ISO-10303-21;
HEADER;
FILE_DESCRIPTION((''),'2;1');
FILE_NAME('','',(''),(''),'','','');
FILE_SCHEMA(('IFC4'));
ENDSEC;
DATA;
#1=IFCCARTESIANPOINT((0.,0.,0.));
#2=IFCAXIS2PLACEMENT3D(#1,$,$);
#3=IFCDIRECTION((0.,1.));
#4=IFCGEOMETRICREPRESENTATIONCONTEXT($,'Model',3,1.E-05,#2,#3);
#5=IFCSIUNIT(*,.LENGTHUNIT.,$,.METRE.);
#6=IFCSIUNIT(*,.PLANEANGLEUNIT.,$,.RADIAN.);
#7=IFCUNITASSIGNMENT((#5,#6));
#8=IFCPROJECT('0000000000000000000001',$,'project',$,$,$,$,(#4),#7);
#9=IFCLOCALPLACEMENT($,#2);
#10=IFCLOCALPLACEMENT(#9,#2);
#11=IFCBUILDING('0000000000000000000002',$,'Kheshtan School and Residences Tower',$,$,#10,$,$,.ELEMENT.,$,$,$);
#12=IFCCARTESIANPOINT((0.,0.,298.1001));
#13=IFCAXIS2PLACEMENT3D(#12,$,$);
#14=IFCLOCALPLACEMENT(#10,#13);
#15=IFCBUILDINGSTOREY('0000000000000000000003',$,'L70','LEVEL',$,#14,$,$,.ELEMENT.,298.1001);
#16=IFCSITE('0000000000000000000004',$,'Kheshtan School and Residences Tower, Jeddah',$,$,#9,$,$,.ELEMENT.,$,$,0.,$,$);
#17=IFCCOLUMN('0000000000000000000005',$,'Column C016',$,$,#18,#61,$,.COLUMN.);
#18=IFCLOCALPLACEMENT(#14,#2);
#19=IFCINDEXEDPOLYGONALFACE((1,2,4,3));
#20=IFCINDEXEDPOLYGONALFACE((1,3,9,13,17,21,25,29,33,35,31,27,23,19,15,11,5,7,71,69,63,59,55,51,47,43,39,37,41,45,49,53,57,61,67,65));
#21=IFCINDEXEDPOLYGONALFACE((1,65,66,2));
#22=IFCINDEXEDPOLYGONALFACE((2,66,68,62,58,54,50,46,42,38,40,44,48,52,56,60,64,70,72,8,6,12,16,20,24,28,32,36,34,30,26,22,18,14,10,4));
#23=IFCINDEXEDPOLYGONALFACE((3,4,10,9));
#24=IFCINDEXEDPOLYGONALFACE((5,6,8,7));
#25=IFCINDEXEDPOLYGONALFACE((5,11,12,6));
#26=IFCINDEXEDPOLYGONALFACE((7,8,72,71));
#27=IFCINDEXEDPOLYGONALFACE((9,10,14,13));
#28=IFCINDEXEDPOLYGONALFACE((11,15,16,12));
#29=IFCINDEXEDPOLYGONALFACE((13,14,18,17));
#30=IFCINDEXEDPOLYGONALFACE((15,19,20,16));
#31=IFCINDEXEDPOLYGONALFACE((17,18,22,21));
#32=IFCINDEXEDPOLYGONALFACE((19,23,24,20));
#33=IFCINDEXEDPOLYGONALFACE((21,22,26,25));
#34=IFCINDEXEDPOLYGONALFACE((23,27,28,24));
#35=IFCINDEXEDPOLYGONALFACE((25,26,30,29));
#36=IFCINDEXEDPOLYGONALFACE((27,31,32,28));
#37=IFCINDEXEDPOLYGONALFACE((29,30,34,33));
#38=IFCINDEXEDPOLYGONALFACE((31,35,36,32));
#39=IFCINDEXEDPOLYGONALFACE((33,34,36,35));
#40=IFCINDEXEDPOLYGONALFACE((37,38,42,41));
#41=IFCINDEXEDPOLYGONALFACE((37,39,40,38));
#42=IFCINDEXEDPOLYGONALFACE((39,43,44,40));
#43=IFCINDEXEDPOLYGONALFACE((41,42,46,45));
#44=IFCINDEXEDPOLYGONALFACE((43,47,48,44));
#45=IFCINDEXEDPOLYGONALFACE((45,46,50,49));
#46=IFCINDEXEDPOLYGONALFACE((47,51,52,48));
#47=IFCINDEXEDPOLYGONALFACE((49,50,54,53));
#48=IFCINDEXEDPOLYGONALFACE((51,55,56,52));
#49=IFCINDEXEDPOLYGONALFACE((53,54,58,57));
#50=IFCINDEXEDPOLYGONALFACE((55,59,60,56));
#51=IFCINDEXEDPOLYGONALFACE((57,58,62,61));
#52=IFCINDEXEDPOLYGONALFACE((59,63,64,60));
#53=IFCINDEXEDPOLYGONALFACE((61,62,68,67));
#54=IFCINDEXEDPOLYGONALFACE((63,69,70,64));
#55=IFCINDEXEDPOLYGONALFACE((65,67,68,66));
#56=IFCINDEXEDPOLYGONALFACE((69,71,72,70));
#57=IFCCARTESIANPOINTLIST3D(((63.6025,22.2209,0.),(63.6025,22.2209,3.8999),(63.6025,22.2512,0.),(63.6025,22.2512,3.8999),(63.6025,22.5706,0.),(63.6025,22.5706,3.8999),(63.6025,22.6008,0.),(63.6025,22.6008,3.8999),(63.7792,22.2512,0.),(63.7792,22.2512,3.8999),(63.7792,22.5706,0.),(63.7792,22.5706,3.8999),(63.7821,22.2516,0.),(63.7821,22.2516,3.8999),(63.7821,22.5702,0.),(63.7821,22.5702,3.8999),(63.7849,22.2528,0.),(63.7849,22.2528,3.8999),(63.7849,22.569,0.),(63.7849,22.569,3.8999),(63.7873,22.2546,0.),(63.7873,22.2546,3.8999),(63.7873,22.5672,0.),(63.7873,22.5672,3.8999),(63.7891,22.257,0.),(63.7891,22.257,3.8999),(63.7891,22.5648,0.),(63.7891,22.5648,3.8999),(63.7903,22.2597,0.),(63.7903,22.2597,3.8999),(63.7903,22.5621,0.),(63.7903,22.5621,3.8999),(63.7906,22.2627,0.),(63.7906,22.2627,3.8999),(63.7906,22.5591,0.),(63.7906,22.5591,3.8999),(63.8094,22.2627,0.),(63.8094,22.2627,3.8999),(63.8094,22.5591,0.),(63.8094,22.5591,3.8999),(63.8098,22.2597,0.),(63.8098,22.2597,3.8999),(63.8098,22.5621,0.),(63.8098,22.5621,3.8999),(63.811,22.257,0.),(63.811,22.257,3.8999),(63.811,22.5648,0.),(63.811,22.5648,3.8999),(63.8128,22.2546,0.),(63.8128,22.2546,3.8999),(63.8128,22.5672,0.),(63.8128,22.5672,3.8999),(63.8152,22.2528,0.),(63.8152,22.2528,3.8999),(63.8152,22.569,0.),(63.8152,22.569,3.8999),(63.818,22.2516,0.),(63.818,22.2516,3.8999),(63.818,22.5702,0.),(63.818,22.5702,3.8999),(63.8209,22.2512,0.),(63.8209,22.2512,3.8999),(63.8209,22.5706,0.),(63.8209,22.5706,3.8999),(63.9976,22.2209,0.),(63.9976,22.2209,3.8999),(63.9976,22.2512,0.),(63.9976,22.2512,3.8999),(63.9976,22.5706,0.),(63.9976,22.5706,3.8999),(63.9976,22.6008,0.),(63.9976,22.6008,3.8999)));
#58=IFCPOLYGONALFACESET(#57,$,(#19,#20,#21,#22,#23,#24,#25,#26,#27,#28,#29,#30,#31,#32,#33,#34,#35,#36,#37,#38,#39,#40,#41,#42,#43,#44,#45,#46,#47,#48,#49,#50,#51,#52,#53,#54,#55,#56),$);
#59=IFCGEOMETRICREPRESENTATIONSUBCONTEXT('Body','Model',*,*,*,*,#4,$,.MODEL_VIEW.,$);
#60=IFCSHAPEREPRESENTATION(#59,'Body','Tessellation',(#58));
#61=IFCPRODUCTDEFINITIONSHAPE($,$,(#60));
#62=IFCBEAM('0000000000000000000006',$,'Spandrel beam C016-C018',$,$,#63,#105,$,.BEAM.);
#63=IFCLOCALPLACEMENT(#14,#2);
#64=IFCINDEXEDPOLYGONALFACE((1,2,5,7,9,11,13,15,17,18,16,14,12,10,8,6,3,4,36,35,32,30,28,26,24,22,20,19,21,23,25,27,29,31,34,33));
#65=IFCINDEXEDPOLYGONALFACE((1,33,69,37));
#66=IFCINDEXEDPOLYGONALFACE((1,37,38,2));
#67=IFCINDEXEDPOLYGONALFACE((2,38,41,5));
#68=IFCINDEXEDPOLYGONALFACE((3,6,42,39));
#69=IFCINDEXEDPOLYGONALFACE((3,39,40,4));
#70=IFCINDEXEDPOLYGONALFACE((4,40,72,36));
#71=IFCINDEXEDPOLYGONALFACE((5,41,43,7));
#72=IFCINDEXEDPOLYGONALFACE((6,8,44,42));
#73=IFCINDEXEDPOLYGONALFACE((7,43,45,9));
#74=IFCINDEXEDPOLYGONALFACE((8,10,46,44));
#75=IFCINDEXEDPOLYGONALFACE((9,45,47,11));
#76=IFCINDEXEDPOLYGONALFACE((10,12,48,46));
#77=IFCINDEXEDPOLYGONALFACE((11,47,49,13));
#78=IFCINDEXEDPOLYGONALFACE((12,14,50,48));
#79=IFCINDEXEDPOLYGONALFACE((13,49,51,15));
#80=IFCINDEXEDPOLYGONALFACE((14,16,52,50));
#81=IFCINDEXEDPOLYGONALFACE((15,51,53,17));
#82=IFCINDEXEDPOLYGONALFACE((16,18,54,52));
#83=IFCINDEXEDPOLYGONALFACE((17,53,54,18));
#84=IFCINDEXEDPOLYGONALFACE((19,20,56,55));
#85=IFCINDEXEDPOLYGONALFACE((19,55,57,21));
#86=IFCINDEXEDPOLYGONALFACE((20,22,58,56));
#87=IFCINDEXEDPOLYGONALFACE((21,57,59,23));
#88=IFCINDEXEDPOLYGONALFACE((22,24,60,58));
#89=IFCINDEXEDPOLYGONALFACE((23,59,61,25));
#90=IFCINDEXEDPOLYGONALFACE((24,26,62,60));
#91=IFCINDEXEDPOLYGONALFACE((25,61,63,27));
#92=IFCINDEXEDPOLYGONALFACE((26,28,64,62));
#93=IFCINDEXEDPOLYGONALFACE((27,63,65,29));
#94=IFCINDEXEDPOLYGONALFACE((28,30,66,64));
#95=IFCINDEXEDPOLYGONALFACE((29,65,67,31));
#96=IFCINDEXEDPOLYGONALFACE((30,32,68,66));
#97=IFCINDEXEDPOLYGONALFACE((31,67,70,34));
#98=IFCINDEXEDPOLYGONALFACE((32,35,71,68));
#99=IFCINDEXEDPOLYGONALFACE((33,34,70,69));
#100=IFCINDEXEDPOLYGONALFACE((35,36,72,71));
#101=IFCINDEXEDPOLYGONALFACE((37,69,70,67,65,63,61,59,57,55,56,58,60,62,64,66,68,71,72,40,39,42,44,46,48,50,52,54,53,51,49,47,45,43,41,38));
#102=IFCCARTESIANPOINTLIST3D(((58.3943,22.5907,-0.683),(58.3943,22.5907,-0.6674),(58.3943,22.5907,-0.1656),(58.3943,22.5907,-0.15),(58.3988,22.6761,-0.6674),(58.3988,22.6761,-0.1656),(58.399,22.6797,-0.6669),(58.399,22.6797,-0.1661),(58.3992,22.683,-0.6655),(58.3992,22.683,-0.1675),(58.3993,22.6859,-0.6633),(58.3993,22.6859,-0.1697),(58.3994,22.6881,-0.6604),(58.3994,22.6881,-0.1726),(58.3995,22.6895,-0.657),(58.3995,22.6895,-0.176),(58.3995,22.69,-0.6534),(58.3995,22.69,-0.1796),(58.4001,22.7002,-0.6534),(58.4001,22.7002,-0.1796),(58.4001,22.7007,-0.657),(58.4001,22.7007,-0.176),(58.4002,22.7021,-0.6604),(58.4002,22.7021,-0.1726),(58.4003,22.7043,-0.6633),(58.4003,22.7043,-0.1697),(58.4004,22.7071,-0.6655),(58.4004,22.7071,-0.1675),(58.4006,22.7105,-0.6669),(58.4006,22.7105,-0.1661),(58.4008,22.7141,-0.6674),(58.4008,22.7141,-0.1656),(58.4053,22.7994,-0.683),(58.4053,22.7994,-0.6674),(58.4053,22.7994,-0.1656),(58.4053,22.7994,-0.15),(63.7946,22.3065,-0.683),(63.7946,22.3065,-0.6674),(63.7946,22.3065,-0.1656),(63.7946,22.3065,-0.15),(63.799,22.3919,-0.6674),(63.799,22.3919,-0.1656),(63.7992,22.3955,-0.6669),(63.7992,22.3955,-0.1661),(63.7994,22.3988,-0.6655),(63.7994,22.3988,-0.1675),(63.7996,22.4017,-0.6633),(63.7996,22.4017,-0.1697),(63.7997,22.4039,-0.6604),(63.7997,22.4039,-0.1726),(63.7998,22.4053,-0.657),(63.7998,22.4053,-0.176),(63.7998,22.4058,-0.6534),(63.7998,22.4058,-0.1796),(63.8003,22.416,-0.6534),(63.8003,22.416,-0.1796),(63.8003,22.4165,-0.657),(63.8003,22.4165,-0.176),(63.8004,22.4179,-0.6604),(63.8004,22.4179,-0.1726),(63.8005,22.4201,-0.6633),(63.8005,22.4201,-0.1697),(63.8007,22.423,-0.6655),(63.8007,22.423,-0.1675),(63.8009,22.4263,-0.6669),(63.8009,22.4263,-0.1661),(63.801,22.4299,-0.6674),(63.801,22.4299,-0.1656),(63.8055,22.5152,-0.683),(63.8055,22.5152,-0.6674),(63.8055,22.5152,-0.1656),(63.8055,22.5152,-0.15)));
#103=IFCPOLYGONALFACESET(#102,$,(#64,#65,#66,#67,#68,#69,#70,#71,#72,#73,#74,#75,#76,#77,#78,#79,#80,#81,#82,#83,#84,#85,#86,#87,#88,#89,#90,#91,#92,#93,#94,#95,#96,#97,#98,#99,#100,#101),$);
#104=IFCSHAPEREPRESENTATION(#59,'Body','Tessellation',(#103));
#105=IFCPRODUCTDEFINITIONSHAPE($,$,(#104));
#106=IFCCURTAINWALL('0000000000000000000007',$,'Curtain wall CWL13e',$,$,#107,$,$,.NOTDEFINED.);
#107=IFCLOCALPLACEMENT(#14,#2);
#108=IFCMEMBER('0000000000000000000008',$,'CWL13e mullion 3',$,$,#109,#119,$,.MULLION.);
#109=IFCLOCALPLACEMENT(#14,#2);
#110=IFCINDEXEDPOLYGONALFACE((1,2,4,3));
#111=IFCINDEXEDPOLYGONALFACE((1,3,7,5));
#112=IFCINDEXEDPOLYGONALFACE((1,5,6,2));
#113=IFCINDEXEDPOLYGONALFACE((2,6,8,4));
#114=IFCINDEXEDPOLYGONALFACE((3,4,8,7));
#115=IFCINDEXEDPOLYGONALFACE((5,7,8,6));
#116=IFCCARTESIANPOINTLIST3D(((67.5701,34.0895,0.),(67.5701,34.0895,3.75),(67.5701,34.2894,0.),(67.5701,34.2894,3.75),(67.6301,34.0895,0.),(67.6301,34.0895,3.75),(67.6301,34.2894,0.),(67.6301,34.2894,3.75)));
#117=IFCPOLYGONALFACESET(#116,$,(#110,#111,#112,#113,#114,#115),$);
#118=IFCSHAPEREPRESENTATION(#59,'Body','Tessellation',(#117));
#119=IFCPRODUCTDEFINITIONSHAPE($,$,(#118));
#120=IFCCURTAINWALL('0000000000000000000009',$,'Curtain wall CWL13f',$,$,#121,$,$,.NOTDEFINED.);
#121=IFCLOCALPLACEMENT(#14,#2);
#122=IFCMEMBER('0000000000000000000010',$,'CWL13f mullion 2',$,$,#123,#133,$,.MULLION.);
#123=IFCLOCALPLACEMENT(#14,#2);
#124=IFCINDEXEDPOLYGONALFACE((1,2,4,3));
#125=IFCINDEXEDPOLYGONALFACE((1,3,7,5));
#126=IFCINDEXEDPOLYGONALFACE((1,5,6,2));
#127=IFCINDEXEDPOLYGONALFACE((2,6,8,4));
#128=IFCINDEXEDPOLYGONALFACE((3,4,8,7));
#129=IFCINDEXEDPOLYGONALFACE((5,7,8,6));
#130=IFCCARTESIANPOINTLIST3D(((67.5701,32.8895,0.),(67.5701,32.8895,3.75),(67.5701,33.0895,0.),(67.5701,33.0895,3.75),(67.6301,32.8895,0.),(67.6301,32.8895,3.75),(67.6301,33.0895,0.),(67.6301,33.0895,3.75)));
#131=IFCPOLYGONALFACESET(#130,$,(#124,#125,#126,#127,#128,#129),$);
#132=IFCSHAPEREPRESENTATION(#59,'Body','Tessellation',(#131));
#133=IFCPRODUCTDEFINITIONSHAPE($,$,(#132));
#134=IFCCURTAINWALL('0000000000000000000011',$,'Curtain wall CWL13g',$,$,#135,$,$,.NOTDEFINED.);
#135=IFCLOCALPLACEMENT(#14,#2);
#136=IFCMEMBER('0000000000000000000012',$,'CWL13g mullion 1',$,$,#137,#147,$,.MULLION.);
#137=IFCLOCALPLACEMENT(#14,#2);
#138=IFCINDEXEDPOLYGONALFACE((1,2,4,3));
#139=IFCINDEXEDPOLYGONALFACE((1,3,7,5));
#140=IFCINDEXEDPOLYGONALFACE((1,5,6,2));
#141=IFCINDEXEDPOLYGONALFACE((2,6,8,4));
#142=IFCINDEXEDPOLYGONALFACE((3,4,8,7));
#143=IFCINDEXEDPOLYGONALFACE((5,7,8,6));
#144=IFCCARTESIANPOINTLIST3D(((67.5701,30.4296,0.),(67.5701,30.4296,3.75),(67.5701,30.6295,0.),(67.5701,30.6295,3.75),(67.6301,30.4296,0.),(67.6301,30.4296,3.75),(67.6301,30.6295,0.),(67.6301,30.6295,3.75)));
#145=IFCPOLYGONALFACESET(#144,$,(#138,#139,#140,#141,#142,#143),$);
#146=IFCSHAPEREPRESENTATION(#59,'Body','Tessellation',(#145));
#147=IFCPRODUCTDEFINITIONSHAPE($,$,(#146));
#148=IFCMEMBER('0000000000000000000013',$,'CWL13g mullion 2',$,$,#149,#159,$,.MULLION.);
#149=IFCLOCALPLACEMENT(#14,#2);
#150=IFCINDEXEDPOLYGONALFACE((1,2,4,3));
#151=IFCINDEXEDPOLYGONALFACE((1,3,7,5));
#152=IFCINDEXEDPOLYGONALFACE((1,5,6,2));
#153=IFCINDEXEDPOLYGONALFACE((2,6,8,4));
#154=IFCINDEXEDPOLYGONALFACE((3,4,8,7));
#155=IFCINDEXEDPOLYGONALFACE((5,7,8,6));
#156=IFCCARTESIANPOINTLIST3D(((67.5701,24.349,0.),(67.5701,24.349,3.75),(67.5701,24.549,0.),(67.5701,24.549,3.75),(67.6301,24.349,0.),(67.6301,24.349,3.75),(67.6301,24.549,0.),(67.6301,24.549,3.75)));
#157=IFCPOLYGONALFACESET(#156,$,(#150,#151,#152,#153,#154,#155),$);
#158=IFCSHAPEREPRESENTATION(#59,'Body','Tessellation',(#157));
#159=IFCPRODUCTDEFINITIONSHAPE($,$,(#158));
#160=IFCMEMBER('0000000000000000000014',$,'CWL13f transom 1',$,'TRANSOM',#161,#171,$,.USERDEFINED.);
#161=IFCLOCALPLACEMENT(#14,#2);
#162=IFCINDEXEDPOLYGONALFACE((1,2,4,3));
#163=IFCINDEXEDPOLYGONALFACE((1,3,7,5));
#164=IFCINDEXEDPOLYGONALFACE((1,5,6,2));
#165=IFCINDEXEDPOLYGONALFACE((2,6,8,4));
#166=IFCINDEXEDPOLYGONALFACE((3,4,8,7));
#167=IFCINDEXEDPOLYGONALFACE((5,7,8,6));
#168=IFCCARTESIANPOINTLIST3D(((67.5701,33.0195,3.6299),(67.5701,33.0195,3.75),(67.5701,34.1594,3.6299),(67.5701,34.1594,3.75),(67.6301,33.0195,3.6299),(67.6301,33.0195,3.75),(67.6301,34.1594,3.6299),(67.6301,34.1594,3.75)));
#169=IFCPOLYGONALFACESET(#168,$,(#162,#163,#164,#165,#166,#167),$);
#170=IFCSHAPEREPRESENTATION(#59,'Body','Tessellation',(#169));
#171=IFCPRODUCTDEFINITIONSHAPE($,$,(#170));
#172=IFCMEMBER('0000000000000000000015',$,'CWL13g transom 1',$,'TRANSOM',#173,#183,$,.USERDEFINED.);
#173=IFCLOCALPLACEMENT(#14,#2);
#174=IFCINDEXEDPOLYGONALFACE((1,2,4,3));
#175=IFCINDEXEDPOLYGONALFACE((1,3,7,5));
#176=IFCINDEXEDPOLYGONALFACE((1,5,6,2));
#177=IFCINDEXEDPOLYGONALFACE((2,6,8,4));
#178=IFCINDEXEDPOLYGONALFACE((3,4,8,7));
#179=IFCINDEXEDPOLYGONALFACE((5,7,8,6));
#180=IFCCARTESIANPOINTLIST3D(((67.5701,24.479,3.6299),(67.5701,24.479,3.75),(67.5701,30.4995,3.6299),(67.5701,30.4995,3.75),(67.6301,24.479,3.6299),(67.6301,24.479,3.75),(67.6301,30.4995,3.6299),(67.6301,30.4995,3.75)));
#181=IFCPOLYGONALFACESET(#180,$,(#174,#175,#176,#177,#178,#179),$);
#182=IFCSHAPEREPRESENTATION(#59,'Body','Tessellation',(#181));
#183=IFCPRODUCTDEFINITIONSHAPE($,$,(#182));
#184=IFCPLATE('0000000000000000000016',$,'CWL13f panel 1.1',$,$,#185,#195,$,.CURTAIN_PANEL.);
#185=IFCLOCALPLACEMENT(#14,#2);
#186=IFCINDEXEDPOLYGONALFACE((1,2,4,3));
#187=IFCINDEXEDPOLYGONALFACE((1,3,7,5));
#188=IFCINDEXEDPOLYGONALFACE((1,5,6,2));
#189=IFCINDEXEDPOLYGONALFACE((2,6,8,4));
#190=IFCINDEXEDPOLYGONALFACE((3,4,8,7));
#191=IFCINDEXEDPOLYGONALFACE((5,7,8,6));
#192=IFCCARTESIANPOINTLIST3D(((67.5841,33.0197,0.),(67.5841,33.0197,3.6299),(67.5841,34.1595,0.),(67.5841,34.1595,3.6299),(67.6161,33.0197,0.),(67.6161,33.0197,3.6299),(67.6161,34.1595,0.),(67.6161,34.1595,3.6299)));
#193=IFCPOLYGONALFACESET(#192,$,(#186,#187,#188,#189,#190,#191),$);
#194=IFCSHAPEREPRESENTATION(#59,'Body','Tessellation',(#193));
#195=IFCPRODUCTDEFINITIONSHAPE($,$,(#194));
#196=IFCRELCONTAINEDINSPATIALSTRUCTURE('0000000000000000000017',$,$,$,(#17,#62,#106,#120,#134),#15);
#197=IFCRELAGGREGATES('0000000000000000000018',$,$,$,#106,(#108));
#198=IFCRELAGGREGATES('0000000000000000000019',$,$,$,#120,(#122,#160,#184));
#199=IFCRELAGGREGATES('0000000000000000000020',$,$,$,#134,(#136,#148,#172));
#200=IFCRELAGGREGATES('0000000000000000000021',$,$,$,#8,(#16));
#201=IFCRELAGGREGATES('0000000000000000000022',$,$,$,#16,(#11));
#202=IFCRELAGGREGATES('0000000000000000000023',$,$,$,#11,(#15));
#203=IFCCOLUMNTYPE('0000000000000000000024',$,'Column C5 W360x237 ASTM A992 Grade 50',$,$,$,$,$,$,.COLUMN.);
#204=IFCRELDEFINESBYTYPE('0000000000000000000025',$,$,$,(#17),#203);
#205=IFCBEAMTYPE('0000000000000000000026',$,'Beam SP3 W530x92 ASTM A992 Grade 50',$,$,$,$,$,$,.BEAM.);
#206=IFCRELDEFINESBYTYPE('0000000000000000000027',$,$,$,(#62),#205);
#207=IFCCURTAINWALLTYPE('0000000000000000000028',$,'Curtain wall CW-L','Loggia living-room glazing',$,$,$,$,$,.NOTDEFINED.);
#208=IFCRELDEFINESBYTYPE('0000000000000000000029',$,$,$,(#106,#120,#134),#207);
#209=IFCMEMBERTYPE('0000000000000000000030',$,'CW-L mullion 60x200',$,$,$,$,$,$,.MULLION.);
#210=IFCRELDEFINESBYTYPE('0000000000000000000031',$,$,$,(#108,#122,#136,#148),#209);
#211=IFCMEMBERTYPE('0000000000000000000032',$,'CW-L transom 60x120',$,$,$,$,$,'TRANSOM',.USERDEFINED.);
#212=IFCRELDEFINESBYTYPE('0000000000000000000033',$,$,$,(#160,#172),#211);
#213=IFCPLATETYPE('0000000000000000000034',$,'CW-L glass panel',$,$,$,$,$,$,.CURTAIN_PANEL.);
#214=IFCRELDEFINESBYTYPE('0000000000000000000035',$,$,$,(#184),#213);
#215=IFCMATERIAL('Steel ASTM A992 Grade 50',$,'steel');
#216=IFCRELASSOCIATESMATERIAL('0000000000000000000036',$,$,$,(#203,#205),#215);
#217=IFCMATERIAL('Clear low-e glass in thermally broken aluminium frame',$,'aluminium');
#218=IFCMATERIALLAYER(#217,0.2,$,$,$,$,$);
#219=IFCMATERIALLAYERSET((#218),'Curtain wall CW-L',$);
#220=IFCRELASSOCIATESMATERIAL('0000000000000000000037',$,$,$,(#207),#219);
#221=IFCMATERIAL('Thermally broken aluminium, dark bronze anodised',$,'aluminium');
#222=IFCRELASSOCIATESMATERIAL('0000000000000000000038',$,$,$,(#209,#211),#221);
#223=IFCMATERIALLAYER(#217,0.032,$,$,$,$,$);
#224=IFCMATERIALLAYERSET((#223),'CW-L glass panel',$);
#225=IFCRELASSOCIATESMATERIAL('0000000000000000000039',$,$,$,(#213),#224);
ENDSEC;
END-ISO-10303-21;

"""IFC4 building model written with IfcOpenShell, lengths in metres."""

from ifc_helpers import new_model, si_unit, direction, frame, origin, origin_2d, place, context, subcontext, project, spatial, rectangle, i_section, extrude, material, layer, layer_set, material_profile, profile_set, type_object, element, aggregate, save


model = new_model("IFC4")

# Units and contexts
model_context = context("Model", 3, precision=1e-05, world=origin(), true_north=direction((0.0, 1.0)))
body_context = subcontext(model_context, "Body", "Model", "MODEL_VIEW")
ifc_project = project(units=[si_unit("LENGTHUNIT", "METRE"), si_unit("PLANEANGLEUNIT", "RADIAN")], contexts=[model_context])

# Site, building, storey
site_placement = place(None, origin())
site = spatial("IfcSite", under=ifc_project, at=site_placement, Name="Kheshtan School and Residences Tower, Jeddah", CompositionType="ELEMENT", RefElevation=0.0)
building_placement = place(site_placement, origin())
building = spatial("IfcBuilding", under=site, at=building_placement, Name="Kheshtan School and Residences Tower", CompositionType="ELEMENT")
storey_placement = place(building_placement, frame((0.0, 0.0, 298.1001)))
storey = spatial("IfcBuildingStorey", under=building, at=storey_placement, Name="L70", Description="LEVEL", CompositionType="ELEMENT", Elevation=298.1001)

# Column
ifc_material_1 = material(Name="Steel ASTM A992 Grade 50", Category="steel")
ifc_material_profile_1 = material_profile(ifc_material_1, i_section(OverallWidth=0.395, OverallDepth=0.3799, WebThickness=0.0188, FlangeThickness=0.0303, FilletRadius=0.0115, at=origin_2d()), Name="W360x237")
ifc_profile_set_1 = profile_set([ifc_material_profile_1], Name="Steel ASTM A992 Grade 50")
column_type = type_object("IfcColumnType", Name="Column C5 W360x237 ASTM A992 Grade 50", PredefinedType="COLUMN", material=ifc_profile_set_1)
column_placement = place(storey_placement, frame((63.8, 22.4109, 0.0), z_axis=(0.0, 0.0, 1.0), x_axis=(1.0, 0.0, 0.0)))
element("IfcColumn", 1, at=column_placement, inside=storey, type_object=column_type, Name="Column C016", PredefinedType="COLUMN", context=body_context, shape_type="SweptSolid", body=[
    extrude(i_section(OverallWidth=0.395, OverallDepth=0.3799, WebThickness=0.0188, FlangeThickness=0.0303, FilletRadius=0.0115, at=origin_2d()), origin(), (0.0, 0.0, 1.0), 3.8999),
])

# Beam
ifc_material_profile_2 = material_profile(ifc_material_1, i_section(OverallWidth=0.209, OverallDepth=0.533, WebThickness=0.0103, FlangeThickness=0.0156, FilletRadius=0.0139, at=origin_2d()), Name="W530x92")
ifc_profile_set_2 = profile_set([ifc_material_profile_2], Name="Steel ASTM A992 Grade 50")
beam_type = type_object("IfcBeamType", Name="Beam SP3 W530x92 ASTM A992 Grade 50", PredefinedType="BEAM", material=ifc_profile_set_2)
beam_placement = place(storey_placement, frame((63.8, 22.4109, -0.4165), z_axis=(-0.998618, 0.052552, 0.0), x_axis=(-0.052552, -0.998618, 0.0)))
element("IfcBeam", 2, at=beam_placement, inside=storey, type_object=beam_type, Name="Spandrel beam C016-C018", PredefinedType="BEAM", context=body_context, shape_type="SweptSolid", body=[
    extrude(i_section(OverallWidth=0.209, OverallDepth=0.533, WebThickness=0.0103, FlangeThickness=0.0156, FilletRadius=0.0139, at=origin_2d()), origin(), (0.0, 0.0, 1.0), 5.4077),
])

# Curtain walls, members
ifc_material_2 = material(Name="Clear low-e glass in thermally broken aluminium frame", Category="aluminium")
ifc_layer_1 = layer(ifc_material_2, 0.2)
ifc_layer_set_1 = layer_set([ifc_layer_1], Name="Curtain wall CW-L")
curtain_wall_type = type_object("IfcCurtainWallType", Name="Curtain wall CW-L", Description="Loggia living-room glazing", PredefinedType="NOTDEFINED", material=ifc_layer_set_1)
curtain_wall_1_placement = place(storey_placement, origin())
curtain_wall_1 = element("IfcCurtainWall", 3, at=curtain_wall_1_placement, inside=storey, type_object=curtain_wall_type, Name="Curtain wall CWL13e", PredefinedType="NOTDEFINED")
ifc_material_3 = material(Name="Thermally broken aluminium, dark bronze anodised", Category="aluminium")
ifc_material_profile_3 = material_profile(ifc_material_3, rectangle(XDim=0.0601, YDim=0.2, at=origin_2d()), Name="CW-L mullion 60x200")
ifc_profile_set_3 = profile_set([ifc_material_profile_3], Name="Thermally broken aluminium, dark bronze anodised")
member_type_1 = type_object("IfcMemberType", Name="CW-L mullion 60x200", PredefinedType="MULLION", material=ifc_profile_set_3)
member_1_placement = place(storey_placement, frame((67.6001, 34.1895, 0.0), z_axis=(0.0, 0.0, 1.0), x_axis=(1.0, 0.0, 0.0)))
member_1 = element("IfcMember", 4, at=member_1_placement, type_object=member_type_1, Name="CWL13e mullion 3", PredefinedType="MULLION", context=body_context, shape_type="SweptSolid", body=[
    extrude(rectangle(XDim=0.0601, YDim=0.2, at=origin_2d()), origin(), (0.0, 0.0, 1.0), 3.75),
])
aggregate(curtain_wall_1, [member_1])
curtain_wall_2_placement = place(storey_placement, origin())
curtain_wall_2 = element("IfcCurtainWall", 5, at=curtain_wall_2_placement, inside=storey, type_object=curtain_wall_type, Name="Curtain wall CWL13f", PredefinedType="NOTDEFINED")
member_2_placement = place(storey_placement, frame((67.6001, 32.9895, 0.0), z_axis=(0.0, 0.0, 1.0), x_axis=(1.0, 0.0, 0.0)))
member_2 = element("IfcMember", 6, at=member_2_placement, type_object=member_type_1, Name="CWL13f mullion 2", PredefinedType="MULLION", context=body_context, shape_type="SweptSolid", body=[
    extrude(rectangle(XDim=0.0601, YDim=0.2, at=origin_2d()), origin(), (0.0, 0.0, 1.0), 3.75),
])

# Curtain wall, members
curtain_wall_3_placement = place(storey_placement, origin())
curtain_wall_3 = element("IfcCurtainWall", 7, at=curtain_wall_3_placement, inside=storey, type_object=curtain_wall_type, Name="Curtain wall CWL13g", PredefinedType="NOTDEFINED")
member_3_placement = place(storey_placement, frame((67.6001, 30.5295, 0.0), z_axis=(0.0, 0.0, 1.0), x_axis=(1.0, 0.0, 0.0)))
member_3 = element("IfcMember", 8, at=member_3_placement, type_object=member_type_1, Name="CWL13g mullion 1", PredefinedType="MULLION", context=body_context, shape_type="SweptSolid", body=[
    extrude(rectangle(XDim=0.0601, YDim=0.2, at=origin_2d()), origin(), (0.0, 0.0, 1.0), 3.75),
])
member_4_placement = place(storey_placement, frame((67.6001, 24.449, 0.0), z_axis=(0.0, 0.0, 1.0), x_axis=(1.0, 0.0, 0.0)))
member_4 = element("IfcMember", 9, at=member_4_placement, type_object=member_type_1, Name="CWL13g mullion 2", PredefinedType="MULLION", context=body_context, shape_type="SweptSolid", body=[
    extrude(rectangle(XDim=0.0601, YDim=0.2, at=origin_2d()), origin(), (0.0, 0.0, 1.0), 3.75),
])

# Members
ifc_material_profile_4 = material_profile(ifc_material_3, rectangle(XDim=0.0601, YDim=0.1201, at=origin_2d()), Name="CW-L transom 60x120")
ifc_profile_set_4 = profile_set([ifc_material_profile_4], Name="Thermally broken aluminium, dark bronze anodised")
member_type_2 = type_object("IfcMemberType", Name="CW-L transom 60x120", ElementType="TRANSOM", PredefinedType="USERDEFINED", material=ifc_profile_set_4)
member_5_placement = place(storey_placement, frame((67.6001, 34.1594, 3.6899), z_axis=(0.0, -1.0, 0.0), x_axis=(1.0, 0.0, 0.0)))
member_5 = element("IfcMember", 10, at=member_5_placement, type_object=member_type_2, Name="CWL13f transom 1", ObjectType="TRANSOM", PredefinedType="USERDEFINED", context=body_context, shape_type="SweptSolid", body=[
    extrude(rectangle(XDim=0.0601, YDim=0.1201, at=origin_2d()), origin(), (0.0, 0.0, 1.0), 1.1399),
])
member_6_placement = place(storey_placement, frame((67.6001, 30.4995, 3.6899), z_axis=(0.0, -1.0, 0.0), x_axis=(1.0, 0.0, 0.0)))
member_6 = element("IfcMember", 11, at=member_6_placement, type_object=member_type_2, Name="CWL13g transom 1", ObjectType="TRANSOM", PredefinedType="USERDEFINED", context=body_context, shape_type="SweptSolid", body=[
    extrude(rectangle(XDim=0.0601, YDim=0.1201, at=origin_2d()), origin(), (0.0, 0.0, 1.0), 6.0205),
])

# Plate
ifc_layer_2 = layer(ifc_material_2, 0.032)
ifc_layer_set_2 = layer_set([ifc_layer_2], Name="CW-L glass panel")
plate_type = type_object("IfcPlateType", Name="CW-L glass panel", PredefinedType="CURTAIN_PANEL", material=ifc_layer_set_2)
plate_1_placement = place(storey_placement, frame((67.6001, 33.5896, 0.0), z_axis=(0.0, 0.0, 1.0), x_axis=(0.0, -1.0, 0.0)))
plate_1 = element("IfcPlate", 12, at=plate_1_placement, type_object=plate_type, Name="CWL13f panel 1.1", PredefinedType="CURTAIN_PANEL", context=body_context, shape_type="SweptSolid", body=[
    extrude(rectangle(XDim=1.1399, YDim=0.032, at=origin_2d()), origin(), (0.0, 0.0, 1.0), 3.6299),
])
aggregate(curtain_wall_2, [member_2, member_5, plate_1])
aggregate(curtain_wall_3, [member_3, member_4, member_6])

save(model, "model.ifc")
